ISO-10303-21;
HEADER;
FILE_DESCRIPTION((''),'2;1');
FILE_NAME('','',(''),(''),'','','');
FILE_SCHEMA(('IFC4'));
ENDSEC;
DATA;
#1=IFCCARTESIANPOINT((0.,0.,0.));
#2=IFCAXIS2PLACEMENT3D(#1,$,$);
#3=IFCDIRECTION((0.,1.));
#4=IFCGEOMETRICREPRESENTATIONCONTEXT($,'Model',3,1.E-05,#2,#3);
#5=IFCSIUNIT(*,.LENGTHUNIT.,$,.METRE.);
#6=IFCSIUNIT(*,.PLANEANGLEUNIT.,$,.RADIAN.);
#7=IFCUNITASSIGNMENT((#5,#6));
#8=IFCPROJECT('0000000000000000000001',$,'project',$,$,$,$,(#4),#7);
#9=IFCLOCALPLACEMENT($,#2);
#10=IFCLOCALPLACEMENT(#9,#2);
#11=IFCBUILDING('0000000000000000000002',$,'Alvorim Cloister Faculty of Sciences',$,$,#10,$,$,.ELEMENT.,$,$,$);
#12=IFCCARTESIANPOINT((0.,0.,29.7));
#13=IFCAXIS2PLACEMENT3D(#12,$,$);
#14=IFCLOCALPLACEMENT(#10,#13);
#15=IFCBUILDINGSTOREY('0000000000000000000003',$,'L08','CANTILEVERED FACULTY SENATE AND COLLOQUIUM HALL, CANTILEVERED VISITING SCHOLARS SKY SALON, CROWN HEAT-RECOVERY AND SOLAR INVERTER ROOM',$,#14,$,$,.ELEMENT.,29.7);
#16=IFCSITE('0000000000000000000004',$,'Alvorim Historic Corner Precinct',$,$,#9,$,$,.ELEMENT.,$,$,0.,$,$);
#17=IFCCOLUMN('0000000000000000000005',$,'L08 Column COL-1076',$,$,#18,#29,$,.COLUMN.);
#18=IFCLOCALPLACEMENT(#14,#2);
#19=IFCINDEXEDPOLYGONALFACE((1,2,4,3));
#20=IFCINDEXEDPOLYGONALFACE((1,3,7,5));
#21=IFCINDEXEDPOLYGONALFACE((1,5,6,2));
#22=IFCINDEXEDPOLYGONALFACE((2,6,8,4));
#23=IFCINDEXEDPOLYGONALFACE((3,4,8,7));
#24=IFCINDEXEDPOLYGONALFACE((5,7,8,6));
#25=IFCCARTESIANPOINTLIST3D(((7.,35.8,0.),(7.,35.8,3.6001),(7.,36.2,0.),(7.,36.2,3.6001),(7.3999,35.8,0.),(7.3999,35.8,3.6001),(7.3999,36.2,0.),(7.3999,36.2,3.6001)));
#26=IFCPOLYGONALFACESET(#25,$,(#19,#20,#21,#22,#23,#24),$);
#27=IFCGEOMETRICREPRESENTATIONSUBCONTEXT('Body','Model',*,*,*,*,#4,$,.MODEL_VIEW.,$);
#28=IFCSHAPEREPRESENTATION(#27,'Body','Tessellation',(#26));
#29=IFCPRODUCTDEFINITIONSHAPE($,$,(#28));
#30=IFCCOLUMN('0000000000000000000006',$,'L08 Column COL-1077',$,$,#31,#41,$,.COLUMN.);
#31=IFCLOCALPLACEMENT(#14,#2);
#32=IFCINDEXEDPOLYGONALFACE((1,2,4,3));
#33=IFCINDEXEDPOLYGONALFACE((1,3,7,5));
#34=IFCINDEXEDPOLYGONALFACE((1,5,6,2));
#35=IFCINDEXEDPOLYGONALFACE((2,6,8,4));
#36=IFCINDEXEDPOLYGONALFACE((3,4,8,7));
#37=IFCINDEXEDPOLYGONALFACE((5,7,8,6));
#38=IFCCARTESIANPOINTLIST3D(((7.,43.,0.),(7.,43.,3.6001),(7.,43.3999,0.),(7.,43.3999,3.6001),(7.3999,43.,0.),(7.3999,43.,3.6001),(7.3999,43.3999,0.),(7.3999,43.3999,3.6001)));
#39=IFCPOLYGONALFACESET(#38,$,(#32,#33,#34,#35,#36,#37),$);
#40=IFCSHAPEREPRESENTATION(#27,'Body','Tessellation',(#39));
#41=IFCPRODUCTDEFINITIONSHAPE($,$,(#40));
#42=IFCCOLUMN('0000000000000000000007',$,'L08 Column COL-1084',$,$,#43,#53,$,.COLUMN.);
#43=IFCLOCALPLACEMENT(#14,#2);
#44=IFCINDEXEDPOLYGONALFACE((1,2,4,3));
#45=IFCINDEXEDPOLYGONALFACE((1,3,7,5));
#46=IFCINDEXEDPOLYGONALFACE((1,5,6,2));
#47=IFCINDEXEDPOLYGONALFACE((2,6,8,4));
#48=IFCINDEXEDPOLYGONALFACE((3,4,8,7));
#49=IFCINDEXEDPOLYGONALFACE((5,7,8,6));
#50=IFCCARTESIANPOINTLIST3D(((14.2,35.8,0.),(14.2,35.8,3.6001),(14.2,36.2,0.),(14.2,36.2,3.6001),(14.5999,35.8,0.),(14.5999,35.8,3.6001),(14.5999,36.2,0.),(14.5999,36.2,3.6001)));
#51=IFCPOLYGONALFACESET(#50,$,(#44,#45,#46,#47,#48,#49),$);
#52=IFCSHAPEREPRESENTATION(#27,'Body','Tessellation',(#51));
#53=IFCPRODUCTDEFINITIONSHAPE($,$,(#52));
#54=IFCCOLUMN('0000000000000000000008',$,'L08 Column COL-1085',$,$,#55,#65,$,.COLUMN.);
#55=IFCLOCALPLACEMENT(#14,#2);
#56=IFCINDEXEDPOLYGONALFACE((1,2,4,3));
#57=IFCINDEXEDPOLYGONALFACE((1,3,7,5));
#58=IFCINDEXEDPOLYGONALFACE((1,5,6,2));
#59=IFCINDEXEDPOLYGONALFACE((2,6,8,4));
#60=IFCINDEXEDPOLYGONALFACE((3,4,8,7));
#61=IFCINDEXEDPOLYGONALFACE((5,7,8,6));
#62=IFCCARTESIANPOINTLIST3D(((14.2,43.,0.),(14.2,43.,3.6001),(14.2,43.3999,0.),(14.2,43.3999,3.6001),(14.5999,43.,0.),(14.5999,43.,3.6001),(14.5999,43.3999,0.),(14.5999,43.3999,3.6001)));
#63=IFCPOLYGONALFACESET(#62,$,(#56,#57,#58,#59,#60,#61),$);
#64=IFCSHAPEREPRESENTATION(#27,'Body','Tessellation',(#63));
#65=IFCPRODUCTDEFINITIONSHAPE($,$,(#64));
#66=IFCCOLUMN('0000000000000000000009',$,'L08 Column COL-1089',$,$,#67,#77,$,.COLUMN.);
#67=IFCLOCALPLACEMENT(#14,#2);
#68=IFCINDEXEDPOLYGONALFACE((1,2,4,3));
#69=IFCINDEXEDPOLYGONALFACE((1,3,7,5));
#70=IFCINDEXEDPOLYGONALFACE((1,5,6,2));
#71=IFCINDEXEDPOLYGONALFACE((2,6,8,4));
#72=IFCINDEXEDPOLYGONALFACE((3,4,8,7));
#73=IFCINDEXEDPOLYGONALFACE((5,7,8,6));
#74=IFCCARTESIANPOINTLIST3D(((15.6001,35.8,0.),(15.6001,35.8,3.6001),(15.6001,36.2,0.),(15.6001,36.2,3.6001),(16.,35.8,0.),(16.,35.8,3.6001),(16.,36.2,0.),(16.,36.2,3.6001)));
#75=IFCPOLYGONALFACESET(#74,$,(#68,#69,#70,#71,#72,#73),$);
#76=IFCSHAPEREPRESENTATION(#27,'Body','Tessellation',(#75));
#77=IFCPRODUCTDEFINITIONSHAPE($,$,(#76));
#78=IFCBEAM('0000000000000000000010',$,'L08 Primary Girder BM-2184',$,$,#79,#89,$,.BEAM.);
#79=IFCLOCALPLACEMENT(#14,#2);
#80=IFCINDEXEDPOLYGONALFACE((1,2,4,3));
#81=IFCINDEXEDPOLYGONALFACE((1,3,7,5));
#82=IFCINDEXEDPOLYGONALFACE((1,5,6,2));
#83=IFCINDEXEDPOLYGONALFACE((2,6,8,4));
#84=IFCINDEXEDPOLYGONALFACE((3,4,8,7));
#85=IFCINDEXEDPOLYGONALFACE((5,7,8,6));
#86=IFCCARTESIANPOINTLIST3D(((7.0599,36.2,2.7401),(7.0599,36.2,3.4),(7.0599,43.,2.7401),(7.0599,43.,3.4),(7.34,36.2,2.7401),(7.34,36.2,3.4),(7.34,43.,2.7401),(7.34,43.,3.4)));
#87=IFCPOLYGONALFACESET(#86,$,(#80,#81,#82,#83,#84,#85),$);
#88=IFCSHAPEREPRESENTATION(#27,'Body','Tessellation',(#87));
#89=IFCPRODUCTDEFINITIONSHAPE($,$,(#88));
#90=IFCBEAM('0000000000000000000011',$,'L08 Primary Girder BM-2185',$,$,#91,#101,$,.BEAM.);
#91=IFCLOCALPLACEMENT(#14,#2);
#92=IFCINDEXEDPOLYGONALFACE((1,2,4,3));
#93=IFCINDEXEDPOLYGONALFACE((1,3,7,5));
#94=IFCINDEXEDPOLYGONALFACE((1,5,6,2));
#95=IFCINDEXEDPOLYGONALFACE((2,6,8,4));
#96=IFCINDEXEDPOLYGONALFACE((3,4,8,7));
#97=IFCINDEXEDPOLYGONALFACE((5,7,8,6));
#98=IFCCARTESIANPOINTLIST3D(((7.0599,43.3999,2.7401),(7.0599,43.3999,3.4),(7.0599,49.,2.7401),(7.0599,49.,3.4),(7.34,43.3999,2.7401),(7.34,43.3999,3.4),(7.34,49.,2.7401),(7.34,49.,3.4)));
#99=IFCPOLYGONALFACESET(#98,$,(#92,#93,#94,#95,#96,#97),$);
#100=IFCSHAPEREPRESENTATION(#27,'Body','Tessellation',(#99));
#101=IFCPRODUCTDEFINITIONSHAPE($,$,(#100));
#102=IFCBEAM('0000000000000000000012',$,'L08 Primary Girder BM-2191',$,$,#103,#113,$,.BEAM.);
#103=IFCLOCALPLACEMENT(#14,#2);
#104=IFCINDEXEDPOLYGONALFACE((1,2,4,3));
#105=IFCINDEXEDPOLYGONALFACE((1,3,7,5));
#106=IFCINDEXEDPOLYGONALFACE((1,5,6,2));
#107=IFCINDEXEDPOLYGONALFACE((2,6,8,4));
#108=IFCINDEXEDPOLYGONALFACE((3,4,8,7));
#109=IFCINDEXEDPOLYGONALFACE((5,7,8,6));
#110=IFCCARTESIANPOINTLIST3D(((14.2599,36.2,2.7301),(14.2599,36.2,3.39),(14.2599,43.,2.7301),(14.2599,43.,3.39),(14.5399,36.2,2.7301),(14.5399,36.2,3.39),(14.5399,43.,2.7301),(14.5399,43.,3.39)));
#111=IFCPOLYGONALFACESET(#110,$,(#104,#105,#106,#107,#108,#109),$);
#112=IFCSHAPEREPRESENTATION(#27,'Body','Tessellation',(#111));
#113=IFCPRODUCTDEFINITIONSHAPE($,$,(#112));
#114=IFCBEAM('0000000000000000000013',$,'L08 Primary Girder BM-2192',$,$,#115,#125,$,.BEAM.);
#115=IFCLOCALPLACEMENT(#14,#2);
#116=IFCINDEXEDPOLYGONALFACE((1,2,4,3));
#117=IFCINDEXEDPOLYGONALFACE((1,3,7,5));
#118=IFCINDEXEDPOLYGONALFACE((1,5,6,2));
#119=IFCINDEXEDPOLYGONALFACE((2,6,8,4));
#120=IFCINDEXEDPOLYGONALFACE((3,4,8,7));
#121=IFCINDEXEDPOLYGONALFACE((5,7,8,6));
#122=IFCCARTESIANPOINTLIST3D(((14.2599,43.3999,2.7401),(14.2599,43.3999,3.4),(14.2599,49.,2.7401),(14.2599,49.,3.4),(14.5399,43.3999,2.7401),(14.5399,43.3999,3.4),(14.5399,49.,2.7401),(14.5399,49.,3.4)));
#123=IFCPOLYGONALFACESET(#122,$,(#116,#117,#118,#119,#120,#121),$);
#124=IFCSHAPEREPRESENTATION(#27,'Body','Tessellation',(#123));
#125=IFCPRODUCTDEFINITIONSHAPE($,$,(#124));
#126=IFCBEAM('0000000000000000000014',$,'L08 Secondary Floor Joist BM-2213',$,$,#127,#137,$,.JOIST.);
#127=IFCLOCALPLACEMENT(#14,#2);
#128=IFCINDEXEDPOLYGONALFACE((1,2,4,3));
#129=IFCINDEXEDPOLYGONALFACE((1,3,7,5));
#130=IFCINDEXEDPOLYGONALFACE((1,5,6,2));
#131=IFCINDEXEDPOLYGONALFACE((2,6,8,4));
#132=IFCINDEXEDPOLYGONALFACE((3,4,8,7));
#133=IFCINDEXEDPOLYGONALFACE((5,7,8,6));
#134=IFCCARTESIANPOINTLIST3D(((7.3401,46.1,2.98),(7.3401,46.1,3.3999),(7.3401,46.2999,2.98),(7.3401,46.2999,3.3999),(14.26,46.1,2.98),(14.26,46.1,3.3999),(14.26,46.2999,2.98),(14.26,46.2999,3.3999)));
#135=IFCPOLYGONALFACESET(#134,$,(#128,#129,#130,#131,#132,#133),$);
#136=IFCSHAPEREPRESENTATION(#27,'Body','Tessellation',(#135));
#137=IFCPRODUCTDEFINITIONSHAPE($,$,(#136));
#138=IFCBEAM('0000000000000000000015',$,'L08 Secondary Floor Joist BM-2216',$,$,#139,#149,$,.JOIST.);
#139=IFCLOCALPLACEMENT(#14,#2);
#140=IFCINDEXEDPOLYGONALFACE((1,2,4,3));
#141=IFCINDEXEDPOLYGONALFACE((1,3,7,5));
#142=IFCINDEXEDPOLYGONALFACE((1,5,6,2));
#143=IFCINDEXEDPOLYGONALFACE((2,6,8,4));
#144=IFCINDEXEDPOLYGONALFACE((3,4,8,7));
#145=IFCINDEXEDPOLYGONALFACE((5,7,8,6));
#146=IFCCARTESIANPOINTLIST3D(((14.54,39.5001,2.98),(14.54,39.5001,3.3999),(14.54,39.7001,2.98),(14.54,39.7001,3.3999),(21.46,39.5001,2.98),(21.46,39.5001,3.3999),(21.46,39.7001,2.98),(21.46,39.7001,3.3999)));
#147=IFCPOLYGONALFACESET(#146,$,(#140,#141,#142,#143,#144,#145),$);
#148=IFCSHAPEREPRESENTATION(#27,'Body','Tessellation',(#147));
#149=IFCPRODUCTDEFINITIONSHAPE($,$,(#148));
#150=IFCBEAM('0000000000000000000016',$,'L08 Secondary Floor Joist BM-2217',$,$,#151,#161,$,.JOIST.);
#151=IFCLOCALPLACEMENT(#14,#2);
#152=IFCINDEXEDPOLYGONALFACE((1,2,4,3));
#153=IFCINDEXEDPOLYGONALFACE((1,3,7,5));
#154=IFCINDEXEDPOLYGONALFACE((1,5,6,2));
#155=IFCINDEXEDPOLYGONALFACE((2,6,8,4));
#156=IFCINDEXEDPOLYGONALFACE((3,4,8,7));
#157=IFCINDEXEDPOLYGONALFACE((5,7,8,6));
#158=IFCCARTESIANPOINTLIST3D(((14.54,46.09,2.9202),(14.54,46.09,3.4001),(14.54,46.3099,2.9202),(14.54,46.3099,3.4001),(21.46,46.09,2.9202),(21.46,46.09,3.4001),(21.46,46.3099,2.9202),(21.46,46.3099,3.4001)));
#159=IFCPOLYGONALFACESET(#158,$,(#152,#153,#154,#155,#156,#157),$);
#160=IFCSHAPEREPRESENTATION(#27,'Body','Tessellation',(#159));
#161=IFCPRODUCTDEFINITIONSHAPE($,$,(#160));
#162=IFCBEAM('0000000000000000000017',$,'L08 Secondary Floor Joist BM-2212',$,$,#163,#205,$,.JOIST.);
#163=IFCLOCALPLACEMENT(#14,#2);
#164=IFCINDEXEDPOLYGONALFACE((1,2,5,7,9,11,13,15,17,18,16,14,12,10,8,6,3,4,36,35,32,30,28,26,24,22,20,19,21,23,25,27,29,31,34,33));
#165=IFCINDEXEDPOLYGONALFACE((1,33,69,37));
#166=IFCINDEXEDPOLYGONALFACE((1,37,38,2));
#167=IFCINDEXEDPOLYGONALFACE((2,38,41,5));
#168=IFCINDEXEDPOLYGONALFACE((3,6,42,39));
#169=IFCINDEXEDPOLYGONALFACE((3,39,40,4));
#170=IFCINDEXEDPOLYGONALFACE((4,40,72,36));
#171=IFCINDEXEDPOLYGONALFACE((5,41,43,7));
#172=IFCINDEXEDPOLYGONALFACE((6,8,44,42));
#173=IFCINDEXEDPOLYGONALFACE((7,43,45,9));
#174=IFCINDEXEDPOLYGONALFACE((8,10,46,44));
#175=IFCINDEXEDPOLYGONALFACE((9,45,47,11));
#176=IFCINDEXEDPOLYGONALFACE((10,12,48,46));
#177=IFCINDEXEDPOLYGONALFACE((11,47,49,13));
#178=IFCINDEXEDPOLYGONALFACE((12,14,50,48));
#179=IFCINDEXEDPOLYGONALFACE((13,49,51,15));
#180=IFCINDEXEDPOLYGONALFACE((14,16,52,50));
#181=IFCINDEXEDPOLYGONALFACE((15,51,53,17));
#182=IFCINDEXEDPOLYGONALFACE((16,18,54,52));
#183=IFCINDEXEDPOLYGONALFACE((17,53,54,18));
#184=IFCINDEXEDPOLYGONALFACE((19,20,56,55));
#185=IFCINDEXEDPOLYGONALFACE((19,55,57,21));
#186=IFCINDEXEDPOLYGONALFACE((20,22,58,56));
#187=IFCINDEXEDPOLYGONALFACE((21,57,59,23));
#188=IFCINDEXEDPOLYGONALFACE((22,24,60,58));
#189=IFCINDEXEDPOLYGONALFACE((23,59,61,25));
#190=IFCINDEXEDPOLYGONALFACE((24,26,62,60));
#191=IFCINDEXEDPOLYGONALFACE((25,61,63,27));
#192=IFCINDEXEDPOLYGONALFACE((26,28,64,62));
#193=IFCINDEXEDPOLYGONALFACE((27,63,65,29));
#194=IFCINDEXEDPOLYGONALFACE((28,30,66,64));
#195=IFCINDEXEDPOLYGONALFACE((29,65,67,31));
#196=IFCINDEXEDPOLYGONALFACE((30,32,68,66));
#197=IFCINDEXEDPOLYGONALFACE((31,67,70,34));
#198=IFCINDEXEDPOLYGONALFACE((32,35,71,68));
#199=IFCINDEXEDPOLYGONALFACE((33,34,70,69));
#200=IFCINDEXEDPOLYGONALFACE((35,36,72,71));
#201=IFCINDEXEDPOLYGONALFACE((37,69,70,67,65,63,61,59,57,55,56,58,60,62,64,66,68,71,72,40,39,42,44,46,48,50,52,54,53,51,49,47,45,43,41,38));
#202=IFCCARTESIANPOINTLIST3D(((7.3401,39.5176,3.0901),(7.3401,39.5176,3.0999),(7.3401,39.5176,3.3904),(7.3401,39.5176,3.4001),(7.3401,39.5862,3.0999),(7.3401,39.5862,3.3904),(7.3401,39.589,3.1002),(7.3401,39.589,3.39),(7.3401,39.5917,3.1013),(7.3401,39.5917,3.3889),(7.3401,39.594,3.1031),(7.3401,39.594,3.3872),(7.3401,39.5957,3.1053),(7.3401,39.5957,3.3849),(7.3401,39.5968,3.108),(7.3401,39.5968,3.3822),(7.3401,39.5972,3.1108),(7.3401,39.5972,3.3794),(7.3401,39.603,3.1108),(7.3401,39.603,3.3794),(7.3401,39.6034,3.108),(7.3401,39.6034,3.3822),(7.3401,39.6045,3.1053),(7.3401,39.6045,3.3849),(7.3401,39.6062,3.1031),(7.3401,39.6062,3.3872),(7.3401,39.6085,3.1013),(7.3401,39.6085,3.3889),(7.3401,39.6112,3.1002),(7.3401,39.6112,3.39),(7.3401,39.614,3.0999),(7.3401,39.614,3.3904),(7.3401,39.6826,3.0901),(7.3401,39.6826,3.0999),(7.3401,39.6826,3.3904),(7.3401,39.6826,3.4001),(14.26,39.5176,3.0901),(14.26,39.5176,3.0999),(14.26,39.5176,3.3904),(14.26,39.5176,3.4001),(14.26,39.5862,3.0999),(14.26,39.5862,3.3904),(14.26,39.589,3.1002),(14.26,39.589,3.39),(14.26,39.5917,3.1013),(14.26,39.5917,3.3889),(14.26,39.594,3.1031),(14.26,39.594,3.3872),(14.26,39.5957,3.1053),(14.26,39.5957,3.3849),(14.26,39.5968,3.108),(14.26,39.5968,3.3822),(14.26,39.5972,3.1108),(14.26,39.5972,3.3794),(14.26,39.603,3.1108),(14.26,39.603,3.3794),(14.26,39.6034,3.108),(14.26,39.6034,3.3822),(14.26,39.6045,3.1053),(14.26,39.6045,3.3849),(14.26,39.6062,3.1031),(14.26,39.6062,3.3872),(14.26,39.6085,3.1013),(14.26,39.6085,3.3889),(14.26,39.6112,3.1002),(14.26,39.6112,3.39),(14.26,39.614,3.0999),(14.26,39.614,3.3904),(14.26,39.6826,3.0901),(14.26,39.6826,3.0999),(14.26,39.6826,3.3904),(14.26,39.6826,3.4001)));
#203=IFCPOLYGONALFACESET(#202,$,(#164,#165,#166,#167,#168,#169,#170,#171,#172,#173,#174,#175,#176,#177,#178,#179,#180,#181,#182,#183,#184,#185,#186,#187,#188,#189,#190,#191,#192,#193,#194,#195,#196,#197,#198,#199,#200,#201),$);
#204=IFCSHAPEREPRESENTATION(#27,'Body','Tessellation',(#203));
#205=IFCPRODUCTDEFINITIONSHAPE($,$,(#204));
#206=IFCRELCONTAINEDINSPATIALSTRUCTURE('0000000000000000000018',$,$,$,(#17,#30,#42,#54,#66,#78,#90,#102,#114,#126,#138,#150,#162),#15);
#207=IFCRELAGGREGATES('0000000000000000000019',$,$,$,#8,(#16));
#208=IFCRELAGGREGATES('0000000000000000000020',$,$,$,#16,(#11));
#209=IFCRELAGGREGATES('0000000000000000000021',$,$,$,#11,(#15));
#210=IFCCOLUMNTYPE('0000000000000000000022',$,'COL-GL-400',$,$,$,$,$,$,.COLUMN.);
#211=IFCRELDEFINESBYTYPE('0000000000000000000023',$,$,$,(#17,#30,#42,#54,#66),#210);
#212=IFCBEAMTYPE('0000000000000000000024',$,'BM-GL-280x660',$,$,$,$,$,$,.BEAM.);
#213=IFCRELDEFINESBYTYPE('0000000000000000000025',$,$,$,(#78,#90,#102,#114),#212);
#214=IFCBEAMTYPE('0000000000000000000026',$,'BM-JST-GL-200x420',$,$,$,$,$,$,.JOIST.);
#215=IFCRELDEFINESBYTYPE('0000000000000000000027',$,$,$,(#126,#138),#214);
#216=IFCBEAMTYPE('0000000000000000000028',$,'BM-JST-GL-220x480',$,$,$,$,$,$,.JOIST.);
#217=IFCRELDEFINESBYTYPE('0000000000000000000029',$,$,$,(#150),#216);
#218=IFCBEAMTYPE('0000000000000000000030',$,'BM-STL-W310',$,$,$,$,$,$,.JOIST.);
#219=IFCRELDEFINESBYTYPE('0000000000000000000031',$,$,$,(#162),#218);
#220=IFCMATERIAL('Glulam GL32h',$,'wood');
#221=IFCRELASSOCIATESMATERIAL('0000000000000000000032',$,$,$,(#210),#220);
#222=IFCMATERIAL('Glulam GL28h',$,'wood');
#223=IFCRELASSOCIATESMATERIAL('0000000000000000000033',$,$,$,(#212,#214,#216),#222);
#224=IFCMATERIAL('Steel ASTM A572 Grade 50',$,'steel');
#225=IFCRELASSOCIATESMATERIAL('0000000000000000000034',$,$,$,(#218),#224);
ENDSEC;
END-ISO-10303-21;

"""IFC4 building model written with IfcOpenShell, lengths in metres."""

from ifc_helpers import new_model, si_unit, direction, frame, origin, origin_2d, place, context, subcontext, project, spatial, rectangle, i_section, extrude, material, material_profile, profile_set, type_object, element, save


model = new_model("IFC4")

# Units and contexts
model_context = context("Model", 3, precision=1e-05, world=origin(), true_north=direction((0.0, 1.0)))
body_context = subcontext(model_context, "Body", "Model", "MODEL_VIEW")
ifc_project = project(units=[si_unit("LENGTHUNIT", "METRE"), si_unit("PLANEANGLEUNIT", "RADIAN")], contexts=[model_context])

# Site, building, storey
site_placement = place(None, origin())
site = spatial("IfcSite", under=ifc_project, at=site_placement, Name="Alvorim Historic Corner Precinct", CompositionType="ELEMENT", RefElevation=0.0)
building_placement = place(site_placement, origin())
building = spatial("IfcBuilding", under=site, at=building_placement, Name="Alvorim Cloister Faculty of Sciences", CompositionType="ELEMENT")
storey_placement = place(building_placement, frame((0.0, 0.0, 29.7)))
storey = spatial("IfcBuildingStorey", under=building, at=storey_placement, Name="L08", Description="CANTILEVERED FACULTY SENATE AND COLLOQUIUM HALL, CANTILEVERED VISITING SCHOLARS SKY SALON, CROWN HEAT-RECOVERY AND SOLAR INVERTER ROOM", CompositionType="ELEMENT", Elevation=29.7)

# Columns
ifc_material_1 = material(Name="Glulam GL32h", Category="wood")
ifc_material_profile_1 = material_profile(ifc_material_1, rectangle(XDim=0.3999, YDim=0.3999, at=origin_2d()), Name="GL32-COL-400x400")
ifc_profile_set_1 = profile_set([ifc_material_profile_1], Name="Glulam GL32h")
column_type = type_object("IfcColumnType", Name="COL-GL-400", PredefinedType="COLUMN", material=ifc_profile_set_1)
for number, where, z_axis, x_axis, name in (
    (1, (7.2, 36.0, 0.0), (0.0, 0.0, 1.0), (1.0, 0.0, 0.0), "L08 Column COL-1076"),
    (2, (7.2, 43.2, 0.0), (0.0, 0.0, 1.0), (1.0, 0.0, 0.0), "L08 Column COL-1077"),
    (3, (14.3999, 36.0, 0.0), (0.0, 0.0, 1.0), (1.0, 0.0, 0.0), "L08 Column COL-1084"),
    (4, (14.3999, 43.2, 0.0), (0.0, 0.0, 1.0), (1.0, 0.0, 0.0), "L08 Column COL-1085"),
    (5, (15.8, 36.0, 0.0), (0.0, 0.0, 1.0), (1.0, 0.0, 0.0), "L08 Column COL-1089"),
):
    element("IfcColumn", number, at=place(storey_placement, frame(where, z_axis=z_axis, x_axis=x_axis)), inside=storey, type_object=column_type, Name=name, PredefinedType="COLUMN", context=body_context, shape_type="SweptSolid", body=[
        extrude(rectangle(XDim=0.3999, YDim=0.3999, at=origin_2d()), origin(), (0.0, 0.0, 1.0), 3.6001),
    ])

# Beams
ifc_material_2 = material(Name="Glulam GL28h", Category="wood")
ifc_material_profile_2 = material_profile(ifc_material_2, rectangle(XDim=0.28, YDim=0.6599, at=origin_2d()), Name="GL28-BM-280x660")
ifc_profile_set_2 = profile_set([ifc_material_profile_2], Name="Glulam GL28h")
beam_type_1 = type_object("IfcBeamType", Name="BM-GL-280x660", PredefinedType="BEAM", material=ifc_profile_set_2)
beam_1_placement = place(storey_placement, frame((7.2, 36.2, 3.0701), z_axis=(0.0, 1.0, 0.0), x_axis=(-1.0, 0.0, 0.0)))
element("IfcBeam", 6, at=beam_1_placement, inside=storey, type_object=beam_type_1, Name="L08 Primary Girder BM-2184", PredefinedType="BEAM", context=body_context, shape_type="SweptSolid", body=[
    extrude(rectangle(XDim=0.28, YDim=0.6599, at=origin_2d()), origin(), (0.0, 0.0, 1.0), 6.8),
])
beam_2_placement = place(storey_placement, frame((7.2, 43.3999, 3.0701), z_axis=(0.0, 1.0, 0.0), x_axis=(-1.0, 0.0, 0.0)))
element("IfcBeam", 7, at=beam_2_placement, inside=storey, type_object=beam_type_1, Name="L08 Primary Girder BM-2185", PredefinedType="BEAM", context=body_context, shape_type="SweptSolid", body=[
    extrude(rectangle(XDim=0.28, YDim=0.6599, at=origin_2d()), origin(), (0.0, 0.0, 1.0), 5.6001),
])
beam_3_placement = place(storey_placement, frame((14.3999, 36.2, 3.0601), z_axis=(0.0, 1.0, 0.0), x_axis=(-1.0, 0.0, 0.0)))
element("IfcBeam", 8, at=beam_3_placement, inside=storey, type_object=beam_type_1, Name="L08 Primary Girder BM-2191", PredefinedType="BEAM", context=body_context, shape_type="SweptSolid", body=[
    extrude(rectangle(XDim=0.28, YDim=0.6599, at=origin_2d()), origin(), (0.0, 0.0, 1.0), 6.8),
])
beam_4_placement = place(storey_placement, frame((14.3999, 43.3999, 3.0701), z_axis=(0.0, 1.0, 0.0), x_axis=(-1.0, 0.0, 0.0)))
element("IfcBeam", 9, at=beam_4_placement, inside=storey, type_object=beam_type_1, Name="L08 Primary Girder BM-2192", PredefinedType="BEAM", context=body_context, shape_type="SweptSolid", body=[
    extrude(rectangle(XDim=0.28, YDim=0.6599, at=origin_2d()), origin(), (0.0, 0.0, 1.0), 5.6001),
])
ifc_material_profile_3 = material_profile(ifc_material_2, rectangle(XDim=0.2, YDim=0.4199, at=origin_2d()), Name="GL28-JST-200x420")
ifc_profile_set_3 = profile_set([ifc_material_profile_3], Name="Glulam GL28h")
beam_type_2 = type_object("IfcBeamType", Name="BM-JST-GL-200x420", PredefinedType="JOIST", material=ifc_profile_set_3)
for number, where, z_axis, x_axis, name in (
    (10, (7.3401, 46.2, 3.1899), (1.0, 0.0, 0.0), (0.0, 1.0, 0.0), "L08 Secondary Floor Joist BM-2213"),
    (11, (14.54, 39.6001, 3.1899), (1.0, 0.0, 0.0), (0.0, 1.0, 0.0), "L08 Secondary Floor Joist BM-2216"),
):
    element("IfcBeam", number, at=place(storey_placement, frame(where, z_axis=z_axis, x_axis=x_axis)), inside=storey, type_object=beam_type_2, Name=name, PredefinedType="JOIST", context=body_context, shape_type="SweptSolid", body=[
        extrude(rectangle(XDim=0.2, YDim=0.4199, at=origin_2d()), origin(), (0.0, 0.0, 1.0), 6.9199),
    ])
ifc_material_profile_4 = material_profile(ifc_material_2, rectangle(XDim=0.22, YDim=0.48, at=origin_2d()), Name="GL28-JST-220x480")
ifc_profile_set_4 = profile_set([ifc_material_profile_4], Name="Glulam GL28h")
beam_type_3 = type_object("IfcBeamType", Name="BM-JST-GL-220x480", PredefinedType="JOIST", material=ifc_profile_set_4)
beam_5_placement = place(storey_placement, frame((14.54, 46.2, 3.1602), z_axis=(1.0, 0.0, 0.0), x_axis=(0.0, 1.0, 0.0)))
element("IfcBeam", 12, at=beam_5_placement, inside=storey, type_object=beam_type_3, Name="L08 Secondary Floor Joist BM-2217", PredefinedType="JOIST", context=body_context, shape_type="SweptSolid", body=[
    extrude(rectangle(XDim=0.22, YDim=0.48, at=origin_2d()), origin(), (0.0, 0.0, 1.0), 6.9199),
])
ifc_material_3 = material(Name="Steel ASTM A572 Grade 50", Category="steel")
ifc_material_profile_5 = material_profile(ifc_material_3, i_section(OverallWidth=0.165, OverallDepth=0.3101, WebThickness=0.0059, FlangeThickness=0.0098, FilletRadius=0.011, at=origin_2d()), Name="W310x38.7")
ifc_profile_set_5 = profile_set([ifc_material_profile_5], Name="Steel ASTM A572 Grade 50")
beam_type_4 = type_object("IfcBeamType", Name="BM-STL-W310", PredefinedType="JOIST", material=ifc_profile_set_5)
beam_6_placement = place(storey_placement, frame((7.3401, 39.6001, 3.2451), z_axis=(1.0, 0.0, 0.0), x_axis=(0.0, 1.0, 0.0)))
element("IfcBeam", 13, at=beam_6_placement, inside=storey, type_object=beam_type_4, Name="L08 Secondary Floor Joist BM-2212", PredefinedType="JOIST", context=body_context, shape_type="SweptSolid", body=[
    extrude(i_section(OverallWidth=0.165, OverallDepth=0.3101, WebThickness=0.0059, FlangeThickness=0.0098, FilletRadius=0.011, at=origin_2d()), origin(), (0.0, 0.0, 1.0), 6.9199),
])

save(model, "model.ifc")
